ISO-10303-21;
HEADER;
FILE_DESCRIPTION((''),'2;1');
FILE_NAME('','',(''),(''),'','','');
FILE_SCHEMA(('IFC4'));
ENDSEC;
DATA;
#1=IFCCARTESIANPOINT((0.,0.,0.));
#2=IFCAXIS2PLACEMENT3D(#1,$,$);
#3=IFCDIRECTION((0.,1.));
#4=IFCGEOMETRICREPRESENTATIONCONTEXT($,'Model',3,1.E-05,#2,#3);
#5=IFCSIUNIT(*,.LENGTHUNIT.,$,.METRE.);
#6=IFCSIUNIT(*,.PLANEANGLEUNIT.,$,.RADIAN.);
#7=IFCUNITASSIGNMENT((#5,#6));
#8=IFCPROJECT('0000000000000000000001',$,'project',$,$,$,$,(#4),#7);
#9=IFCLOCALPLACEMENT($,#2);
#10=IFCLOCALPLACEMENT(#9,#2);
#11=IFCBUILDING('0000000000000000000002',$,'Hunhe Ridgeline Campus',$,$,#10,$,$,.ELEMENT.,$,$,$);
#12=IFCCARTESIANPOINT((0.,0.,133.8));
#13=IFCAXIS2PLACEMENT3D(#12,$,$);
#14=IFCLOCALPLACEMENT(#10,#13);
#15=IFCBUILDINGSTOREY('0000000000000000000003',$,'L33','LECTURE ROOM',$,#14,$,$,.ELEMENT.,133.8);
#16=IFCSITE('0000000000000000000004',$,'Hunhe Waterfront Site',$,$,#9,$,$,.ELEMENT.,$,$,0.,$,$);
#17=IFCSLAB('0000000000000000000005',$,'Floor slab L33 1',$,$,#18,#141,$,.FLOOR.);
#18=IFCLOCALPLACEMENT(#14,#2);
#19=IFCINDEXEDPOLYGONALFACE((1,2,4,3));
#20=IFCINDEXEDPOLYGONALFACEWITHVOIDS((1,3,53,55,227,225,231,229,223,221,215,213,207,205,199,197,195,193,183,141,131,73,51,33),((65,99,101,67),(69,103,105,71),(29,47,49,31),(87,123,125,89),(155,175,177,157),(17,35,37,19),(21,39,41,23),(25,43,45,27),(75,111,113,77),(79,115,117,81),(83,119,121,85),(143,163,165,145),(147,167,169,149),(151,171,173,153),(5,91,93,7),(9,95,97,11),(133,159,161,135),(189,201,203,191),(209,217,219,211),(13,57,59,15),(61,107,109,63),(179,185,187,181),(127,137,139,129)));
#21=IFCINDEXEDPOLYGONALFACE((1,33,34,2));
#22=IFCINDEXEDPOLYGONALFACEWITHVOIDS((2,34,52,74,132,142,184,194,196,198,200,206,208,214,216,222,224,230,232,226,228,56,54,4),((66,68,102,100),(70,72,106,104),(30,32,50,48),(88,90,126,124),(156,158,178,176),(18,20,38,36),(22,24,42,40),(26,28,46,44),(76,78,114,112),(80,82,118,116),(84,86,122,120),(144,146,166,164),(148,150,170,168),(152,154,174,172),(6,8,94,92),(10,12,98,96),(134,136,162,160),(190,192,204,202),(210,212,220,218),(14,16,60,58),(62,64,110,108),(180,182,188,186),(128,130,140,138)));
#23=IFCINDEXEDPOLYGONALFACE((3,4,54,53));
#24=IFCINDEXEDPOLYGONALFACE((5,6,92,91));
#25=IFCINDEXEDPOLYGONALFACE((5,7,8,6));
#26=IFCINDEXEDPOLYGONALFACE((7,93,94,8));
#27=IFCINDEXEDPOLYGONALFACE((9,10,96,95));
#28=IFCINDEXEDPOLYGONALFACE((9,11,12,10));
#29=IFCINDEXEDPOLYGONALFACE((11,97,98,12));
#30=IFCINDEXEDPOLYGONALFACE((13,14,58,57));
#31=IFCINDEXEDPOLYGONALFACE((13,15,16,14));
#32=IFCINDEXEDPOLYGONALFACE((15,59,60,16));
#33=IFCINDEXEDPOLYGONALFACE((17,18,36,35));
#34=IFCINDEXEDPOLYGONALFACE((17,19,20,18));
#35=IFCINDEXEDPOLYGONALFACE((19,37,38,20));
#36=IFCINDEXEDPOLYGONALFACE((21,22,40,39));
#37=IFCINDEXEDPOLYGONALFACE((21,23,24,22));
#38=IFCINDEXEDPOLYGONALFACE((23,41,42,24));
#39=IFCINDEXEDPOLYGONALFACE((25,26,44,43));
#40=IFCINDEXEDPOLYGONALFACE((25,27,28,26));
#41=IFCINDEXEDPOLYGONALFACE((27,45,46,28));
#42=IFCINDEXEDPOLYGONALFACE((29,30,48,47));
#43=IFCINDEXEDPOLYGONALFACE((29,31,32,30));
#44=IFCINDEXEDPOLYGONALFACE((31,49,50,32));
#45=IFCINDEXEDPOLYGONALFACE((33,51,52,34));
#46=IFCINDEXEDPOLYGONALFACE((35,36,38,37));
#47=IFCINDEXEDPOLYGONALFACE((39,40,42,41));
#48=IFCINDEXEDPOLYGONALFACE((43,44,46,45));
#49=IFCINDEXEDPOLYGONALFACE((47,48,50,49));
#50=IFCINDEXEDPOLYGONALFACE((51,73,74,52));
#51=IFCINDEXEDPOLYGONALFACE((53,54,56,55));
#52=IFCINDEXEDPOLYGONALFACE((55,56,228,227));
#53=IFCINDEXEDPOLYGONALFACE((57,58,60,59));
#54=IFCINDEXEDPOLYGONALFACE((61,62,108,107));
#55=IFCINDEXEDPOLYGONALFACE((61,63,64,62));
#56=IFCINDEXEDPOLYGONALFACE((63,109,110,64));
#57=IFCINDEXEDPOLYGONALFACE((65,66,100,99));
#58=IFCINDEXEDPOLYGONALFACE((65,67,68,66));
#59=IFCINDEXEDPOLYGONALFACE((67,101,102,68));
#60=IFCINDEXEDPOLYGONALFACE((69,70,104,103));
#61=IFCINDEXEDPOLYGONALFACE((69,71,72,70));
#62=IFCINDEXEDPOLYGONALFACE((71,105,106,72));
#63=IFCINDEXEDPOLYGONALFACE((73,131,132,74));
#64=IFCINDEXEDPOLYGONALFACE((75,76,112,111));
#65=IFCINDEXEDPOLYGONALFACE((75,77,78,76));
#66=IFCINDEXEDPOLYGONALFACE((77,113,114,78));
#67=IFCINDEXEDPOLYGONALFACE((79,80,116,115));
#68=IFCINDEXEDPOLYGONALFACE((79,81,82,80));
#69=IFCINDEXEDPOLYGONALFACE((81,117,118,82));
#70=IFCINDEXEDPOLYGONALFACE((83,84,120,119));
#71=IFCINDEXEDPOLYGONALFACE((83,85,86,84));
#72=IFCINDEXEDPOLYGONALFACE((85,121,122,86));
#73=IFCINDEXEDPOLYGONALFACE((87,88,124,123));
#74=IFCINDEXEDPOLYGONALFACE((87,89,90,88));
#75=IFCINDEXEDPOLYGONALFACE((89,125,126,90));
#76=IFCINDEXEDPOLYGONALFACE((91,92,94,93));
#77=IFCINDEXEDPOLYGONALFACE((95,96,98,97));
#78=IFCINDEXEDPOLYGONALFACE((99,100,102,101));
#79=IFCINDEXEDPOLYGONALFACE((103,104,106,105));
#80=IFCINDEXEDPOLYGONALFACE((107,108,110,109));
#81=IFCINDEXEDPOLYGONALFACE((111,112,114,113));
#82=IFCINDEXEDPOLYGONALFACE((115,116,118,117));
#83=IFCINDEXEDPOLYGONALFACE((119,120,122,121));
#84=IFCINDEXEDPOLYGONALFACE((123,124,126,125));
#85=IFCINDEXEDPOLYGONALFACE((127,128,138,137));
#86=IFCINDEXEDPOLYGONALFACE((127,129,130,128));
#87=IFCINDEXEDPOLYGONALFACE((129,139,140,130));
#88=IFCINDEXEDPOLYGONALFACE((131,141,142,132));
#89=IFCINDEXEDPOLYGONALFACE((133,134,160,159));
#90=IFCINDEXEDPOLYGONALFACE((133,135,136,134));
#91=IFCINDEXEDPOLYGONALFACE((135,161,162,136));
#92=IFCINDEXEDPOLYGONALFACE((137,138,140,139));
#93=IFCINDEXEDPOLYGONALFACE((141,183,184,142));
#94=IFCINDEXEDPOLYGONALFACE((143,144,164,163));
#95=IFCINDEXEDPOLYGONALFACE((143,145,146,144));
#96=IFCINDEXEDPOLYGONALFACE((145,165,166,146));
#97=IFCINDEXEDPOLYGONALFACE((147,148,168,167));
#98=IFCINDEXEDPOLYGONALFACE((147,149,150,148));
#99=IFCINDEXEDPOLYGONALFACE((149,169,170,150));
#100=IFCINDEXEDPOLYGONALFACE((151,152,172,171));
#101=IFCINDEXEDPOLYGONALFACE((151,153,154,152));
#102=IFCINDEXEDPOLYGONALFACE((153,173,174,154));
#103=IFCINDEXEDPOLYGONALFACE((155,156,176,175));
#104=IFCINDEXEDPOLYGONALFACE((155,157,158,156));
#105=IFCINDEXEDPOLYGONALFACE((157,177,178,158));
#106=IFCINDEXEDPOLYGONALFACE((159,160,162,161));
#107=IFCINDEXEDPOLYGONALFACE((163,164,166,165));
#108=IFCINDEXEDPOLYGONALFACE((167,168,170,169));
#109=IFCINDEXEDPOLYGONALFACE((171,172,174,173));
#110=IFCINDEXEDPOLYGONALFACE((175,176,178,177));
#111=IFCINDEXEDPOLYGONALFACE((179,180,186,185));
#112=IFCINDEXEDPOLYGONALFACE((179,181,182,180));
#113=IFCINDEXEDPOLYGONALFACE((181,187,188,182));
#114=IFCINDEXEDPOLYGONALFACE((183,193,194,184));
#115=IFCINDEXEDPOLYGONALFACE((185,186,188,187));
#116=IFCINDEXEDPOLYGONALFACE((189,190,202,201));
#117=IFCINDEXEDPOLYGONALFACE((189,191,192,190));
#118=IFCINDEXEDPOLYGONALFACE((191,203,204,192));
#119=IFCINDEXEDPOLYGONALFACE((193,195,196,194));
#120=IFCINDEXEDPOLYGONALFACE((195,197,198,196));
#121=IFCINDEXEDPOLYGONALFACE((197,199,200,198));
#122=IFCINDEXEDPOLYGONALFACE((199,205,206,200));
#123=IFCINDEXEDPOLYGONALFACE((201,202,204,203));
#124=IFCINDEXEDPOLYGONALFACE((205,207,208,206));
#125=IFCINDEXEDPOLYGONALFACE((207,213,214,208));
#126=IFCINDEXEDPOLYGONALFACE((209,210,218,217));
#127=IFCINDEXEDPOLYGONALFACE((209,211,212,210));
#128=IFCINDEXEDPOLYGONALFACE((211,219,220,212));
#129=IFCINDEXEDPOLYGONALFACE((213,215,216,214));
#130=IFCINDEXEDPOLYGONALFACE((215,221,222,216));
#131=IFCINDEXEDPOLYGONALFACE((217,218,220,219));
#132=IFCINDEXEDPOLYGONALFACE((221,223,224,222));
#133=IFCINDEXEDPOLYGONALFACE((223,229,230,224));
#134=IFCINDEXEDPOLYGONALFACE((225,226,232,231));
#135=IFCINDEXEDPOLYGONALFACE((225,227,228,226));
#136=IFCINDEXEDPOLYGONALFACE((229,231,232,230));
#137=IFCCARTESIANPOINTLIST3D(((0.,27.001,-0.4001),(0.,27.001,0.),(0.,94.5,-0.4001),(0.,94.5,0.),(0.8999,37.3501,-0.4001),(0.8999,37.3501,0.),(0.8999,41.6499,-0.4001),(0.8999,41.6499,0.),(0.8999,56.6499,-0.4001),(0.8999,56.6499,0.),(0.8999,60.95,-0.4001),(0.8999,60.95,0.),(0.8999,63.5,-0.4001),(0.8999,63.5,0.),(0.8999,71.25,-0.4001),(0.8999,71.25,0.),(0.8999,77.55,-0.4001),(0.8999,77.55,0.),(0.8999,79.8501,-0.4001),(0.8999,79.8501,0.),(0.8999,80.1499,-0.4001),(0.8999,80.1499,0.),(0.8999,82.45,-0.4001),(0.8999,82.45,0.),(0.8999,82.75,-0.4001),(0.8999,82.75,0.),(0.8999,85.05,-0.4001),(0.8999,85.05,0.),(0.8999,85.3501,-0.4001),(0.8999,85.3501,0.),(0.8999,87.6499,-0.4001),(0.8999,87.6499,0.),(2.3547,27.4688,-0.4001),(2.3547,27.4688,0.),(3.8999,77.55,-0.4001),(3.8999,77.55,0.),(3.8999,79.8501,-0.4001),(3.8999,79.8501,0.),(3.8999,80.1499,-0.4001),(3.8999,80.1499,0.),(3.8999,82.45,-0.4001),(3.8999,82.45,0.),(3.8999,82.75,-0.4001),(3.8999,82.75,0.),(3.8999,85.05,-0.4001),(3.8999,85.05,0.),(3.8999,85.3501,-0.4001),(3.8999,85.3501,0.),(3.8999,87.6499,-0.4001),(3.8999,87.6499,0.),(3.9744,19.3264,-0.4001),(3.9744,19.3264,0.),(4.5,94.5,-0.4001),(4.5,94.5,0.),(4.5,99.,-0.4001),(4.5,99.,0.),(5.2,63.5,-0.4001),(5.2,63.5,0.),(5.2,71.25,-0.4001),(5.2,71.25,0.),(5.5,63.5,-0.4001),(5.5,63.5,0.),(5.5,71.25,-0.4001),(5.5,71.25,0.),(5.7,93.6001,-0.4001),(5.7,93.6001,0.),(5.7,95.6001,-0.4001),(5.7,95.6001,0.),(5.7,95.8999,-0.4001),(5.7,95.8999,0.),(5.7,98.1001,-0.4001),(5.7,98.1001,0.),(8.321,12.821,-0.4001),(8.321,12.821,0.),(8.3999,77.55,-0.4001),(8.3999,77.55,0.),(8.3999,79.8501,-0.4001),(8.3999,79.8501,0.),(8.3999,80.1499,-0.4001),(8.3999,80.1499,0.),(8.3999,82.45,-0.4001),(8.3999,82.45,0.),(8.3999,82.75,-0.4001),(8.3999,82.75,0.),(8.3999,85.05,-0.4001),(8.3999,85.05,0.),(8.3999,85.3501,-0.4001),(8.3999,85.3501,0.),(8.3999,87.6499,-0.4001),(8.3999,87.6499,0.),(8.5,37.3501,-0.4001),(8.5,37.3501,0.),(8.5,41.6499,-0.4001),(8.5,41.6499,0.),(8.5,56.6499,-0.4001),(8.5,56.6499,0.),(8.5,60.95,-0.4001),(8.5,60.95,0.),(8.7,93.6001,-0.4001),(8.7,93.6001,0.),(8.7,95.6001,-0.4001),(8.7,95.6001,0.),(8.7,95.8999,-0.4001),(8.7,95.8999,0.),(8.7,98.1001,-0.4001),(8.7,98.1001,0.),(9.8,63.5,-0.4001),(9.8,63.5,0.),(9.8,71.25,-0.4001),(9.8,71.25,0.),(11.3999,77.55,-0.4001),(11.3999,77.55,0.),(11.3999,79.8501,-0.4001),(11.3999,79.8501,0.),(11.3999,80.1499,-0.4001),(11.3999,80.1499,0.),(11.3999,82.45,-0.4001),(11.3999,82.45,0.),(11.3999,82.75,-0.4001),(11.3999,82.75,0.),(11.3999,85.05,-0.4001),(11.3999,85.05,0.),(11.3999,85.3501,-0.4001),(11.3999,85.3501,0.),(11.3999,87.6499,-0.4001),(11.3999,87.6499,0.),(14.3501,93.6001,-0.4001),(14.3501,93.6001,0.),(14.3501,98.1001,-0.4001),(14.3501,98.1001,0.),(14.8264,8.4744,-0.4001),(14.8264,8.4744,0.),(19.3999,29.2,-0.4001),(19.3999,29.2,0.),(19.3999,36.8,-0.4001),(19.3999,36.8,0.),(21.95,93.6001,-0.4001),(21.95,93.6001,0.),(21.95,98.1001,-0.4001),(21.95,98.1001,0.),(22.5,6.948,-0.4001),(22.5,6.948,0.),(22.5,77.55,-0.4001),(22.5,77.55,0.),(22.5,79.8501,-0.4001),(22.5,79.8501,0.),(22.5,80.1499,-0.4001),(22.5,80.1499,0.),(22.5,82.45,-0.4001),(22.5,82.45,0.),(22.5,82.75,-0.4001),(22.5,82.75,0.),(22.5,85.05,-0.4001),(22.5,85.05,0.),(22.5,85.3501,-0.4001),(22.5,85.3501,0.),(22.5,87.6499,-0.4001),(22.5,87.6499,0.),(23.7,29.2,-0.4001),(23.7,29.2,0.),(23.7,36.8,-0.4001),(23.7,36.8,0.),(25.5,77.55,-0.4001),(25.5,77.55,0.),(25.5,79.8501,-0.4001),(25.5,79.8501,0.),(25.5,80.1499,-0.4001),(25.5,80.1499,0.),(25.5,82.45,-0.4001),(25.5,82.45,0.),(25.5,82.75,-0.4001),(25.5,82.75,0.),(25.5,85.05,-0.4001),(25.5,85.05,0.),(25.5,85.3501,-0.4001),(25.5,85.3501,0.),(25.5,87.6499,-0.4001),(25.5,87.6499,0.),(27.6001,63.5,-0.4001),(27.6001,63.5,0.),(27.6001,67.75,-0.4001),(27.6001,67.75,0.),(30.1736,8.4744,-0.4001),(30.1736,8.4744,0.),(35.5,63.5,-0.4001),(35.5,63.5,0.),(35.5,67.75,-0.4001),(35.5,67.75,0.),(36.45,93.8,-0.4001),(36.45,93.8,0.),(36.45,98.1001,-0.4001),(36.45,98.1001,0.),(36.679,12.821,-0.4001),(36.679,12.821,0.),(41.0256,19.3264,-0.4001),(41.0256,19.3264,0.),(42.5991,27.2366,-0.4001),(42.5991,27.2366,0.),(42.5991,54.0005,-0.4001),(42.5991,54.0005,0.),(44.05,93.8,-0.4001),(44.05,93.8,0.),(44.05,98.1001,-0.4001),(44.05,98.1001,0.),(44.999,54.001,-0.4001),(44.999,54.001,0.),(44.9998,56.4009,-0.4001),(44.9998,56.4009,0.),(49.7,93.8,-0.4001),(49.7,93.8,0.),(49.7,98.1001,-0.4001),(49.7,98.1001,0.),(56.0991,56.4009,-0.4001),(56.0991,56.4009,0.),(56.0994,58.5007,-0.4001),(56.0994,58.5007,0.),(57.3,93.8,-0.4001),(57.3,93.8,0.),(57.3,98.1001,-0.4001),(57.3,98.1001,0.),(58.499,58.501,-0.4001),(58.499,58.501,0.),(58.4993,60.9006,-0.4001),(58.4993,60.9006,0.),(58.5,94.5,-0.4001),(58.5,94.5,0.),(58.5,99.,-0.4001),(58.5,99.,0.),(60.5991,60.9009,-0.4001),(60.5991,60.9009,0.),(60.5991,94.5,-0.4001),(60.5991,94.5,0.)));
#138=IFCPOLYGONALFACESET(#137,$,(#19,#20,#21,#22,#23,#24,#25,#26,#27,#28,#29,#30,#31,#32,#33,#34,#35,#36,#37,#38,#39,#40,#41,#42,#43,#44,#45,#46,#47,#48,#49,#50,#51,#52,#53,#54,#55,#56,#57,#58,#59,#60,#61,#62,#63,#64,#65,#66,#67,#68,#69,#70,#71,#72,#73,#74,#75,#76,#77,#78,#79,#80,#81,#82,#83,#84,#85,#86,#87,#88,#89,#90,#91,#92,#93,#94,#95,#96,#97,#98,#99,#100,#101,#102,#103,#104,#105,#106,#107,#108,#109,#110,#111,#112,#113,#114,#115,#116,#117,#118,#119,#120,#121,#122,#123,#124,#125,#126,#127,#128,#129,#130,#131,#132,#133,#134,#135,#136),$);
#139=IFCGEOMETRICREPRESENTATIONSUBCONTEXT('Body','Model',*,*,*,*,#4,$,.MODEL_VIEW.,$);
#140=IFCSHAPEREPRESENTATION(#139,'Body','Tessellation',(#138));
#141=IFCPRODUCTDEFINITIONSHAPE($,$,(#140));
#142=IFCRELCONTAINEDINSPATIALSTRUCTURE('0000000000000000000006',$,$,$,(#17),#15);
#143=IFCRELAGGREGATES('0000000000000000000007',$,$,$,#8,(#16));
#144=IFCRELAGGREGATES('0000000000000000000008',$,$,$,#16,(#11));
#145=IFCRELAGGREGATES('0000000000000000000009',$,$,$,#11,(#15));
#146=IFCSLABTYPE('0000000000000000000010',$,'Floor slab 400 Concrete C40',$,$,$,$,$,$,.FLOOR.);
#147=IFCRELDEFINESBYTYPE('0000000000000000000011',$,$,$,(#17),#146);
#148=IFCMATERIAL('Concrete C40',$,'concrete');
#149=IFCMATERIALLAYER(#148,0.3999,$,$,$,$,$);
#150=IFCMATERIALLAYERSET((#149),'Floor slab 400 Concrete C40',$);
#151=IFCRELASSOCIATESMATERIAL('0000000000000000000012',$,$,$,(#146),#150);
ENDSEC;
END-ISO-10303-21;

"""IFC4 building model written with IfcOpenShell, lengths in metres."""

from ifc_helpers import new_model, si_unit, direction, frame, origin, place, context, subcontext, project, spatial, polyline, outline, extrude, material, layer, layer_set, type_object, element, save


model = new_model("IFC4")

# Units and contexts
model_context = context("Model", 3, precision=1e-05, world=origin(), true_north=direction((0.0, 1.0)))
body_context = subcontext(model_context, "Body", "Model", "MODEL_VIEW")
ifc_project = project(units=[si_unit("LENGTHUNIT", "METRE"), si_unit("PLANEANGLEUNIT", "RADIAN")], contexts=[model_context])

# Site, building, storey
site_placement = place(None, origin())
site = spatial("IfcSite", under=ifc_project, at=site_placement, Name="Hunhe Waterfront Site", CompositionType="ELEMENT", RefElevation=0.0)
building_placement = place(site_placement, origin())
building = spatial("IfcBuilding", under=site, at=building_placement, Name="Hunhe Ridgeline Campus", CompositionType="ELEMENT")
storey_placement = place(building_placement, frame((0.0, 0.0, 133.8)))
storey = spatial("IfcBuildingStorey", under=building, at=storey_placement, Name="L33", Description="LECTURE ROOM", CompositionType="ELEMENT", Elevation=133.8)

# Slab
ifc_material_1 = material(Name="Concrete C40", Category="concrete")
ifc_layer_1 = layer(ifc_material_1, 0.3999)
ifc_layer_set_1 = layer_set([ifc_layer_1], Name="Floor slab 400 Concrete C40")
slab_type_1 = type_object("IfcSlabType", Name="Floor slab 400 Concrete C40", PredefinedType="FLOOR", material=ifc_layer_set_1)
slab_1_placement = place(storey_placement, frame((0.0, 0.0, -0.4001)))
element("IfcSlab", 1, at=slab_1_placement, inside=storey, type_object=slab_type_1, Name="Floor slab L33 1", PredefinedType="FLOOR", context=body_context, shape_type="SweptSolid", body=[
    extrude(outline(polyline([(2.3547, 27.4688), (3.9744, 19.3264), (8.321, 12.821), (14.8264, 8.4744), (22.5, 6.948), (30.1736, 8.4744), (36.679, 12.821), (41.0256, 19.3264), (42.5991, 27.2366), (42.5991, 54.0005), (44.999, 54.001), (44.9998, 56.4009), (56.0991, 56.4009), (56.0994, 58.5007), (58.499, 58.501), (58.4993, 60.9006), (60.5991, 60.9009), (60.5991, 94.5), (58.5, 94.5), (58.5, 99.0), (4.5, 99.0), (4.5, 94.5), (0.0, 94.5), (0.0, 27.001), (2.3547, 27.4688)]), holes=[polyline([(49.7, 93.8), (57.3, 93.8), (57.3, 98.1001), (49.7, 98.1001), (49.7, 93.8)]), polyline([(44.05, 93.8), (44.05, 98.1001), (36.45, 98.1001), (36.45, 93.8), (44.05, 93.8)]), polyline([(35.5, 67.75), (27.6001, 67.75), (27.6001, 63.5), (35.5, 63.5), (35.5, 67.75)]), polyline([(25.5, 82.75), (25.5, 85.05), (22.5, 85.05), (22.5, 82.75), (25.5, 82.75)]), polyline([(25.5, 82.45), (22.5, 82.45), (22.5, 80.1499), (25.5, 80.1499), (25.5, 82.45)]), polyline([(22.5, 85.3501), (25.5, 85.3501), (25.5, 87.6499), (22.5, 87.6499), (22.5, 85.3501)]), polyline([(22.5, 79.8501), (22.5, 77.55), (25.5, 77.55), (25.5, 79.8501), (22.5, 79.8501)]), polyline([(19.3999, 29.2), (23.7, 29.2), (23.7, 36.8), (19.3999, 36.8), (19.3999, 29.2)]), polyline([(21.95, 93.6001), (21.95, 98.1001), (14.3501, 98.1001), (14.3501, 93.6001), (21.95, 93.6001)]), polyline([(8.3999, 79.8501), (8.3999, 77.55), (11.3999, 77.55), (11.3999, 79.8501), (8.3999, 79.8501)]), polyline([(8.3999, 85.3501), (11.3999, 85.3501), (11.3999, 87.6499), (8.3999, 87.6499), (8.3999, 85.3501)]), polyline([(11.3999, 82.45), (8.3999, 82.45), (8.3999, 80.1499), (11.3999, 80.1499), (11.3999, 82.45)]), polyline([(11.3999, 82.75), (11.3999, 85.05), (8.3999, 85.05), (8.3999, 82.75), (11.3999, 82.75)]), polyline([(5.5, 71.25), (5.5, 63.5), (9.8, 63.5), (9.8, 71.25), (5.5, 71.25)]), polyline([(8.7, 98.1001), (5.7, 98.1001), (5.7, 95.8999), (8.7, 95.8999), (8.7, 98.1001)]), polyline([(5.7, 95.6001), (5.7, 93.6001), (8.7, 93.6001), (8.7, 95.6001), (5.7, 95.6001)]), polyline([(0.8999, 60.95), (0.8999, 56.6499), (8.5, 56.6499), (8.5, 60.95), (0.8999, 60.95)]), polyline([(0.8999, 37.3501), (8.5, 37.3501), (8.5, 41.6499), (0.8999, 41.6499), (0.8999, 37.3501)]), polyline([(0.8999, 63.5), (5.2, 63.5), (5.2, 71.25), (0.8999, 71.25), (0.8999, 63.5)]), polyline([(3.8999, 82.75), (3.8999, 85.05), (0.8999, 85.05), (0.8999, 82.75), (3.8999, 82.75)]), polyline([(3.8999, 82.45), (0.8999, 82.45), (0.8999, 80.1499), (3.8999, 80.1499), (3.8999, 82.45)]), polyline([(0.8999, 85.3501), (3.8999, 85.3501), (3.8999, 87.6499), (0.8999, 87.6499), (0.8999, 85.3501)]), polyline([(0.8999, 79.8501), (0.8999, 77.55), (3.8999, 77.55), (3.8999, 79.8501), (0.8999, 79.8501)])]), origin(), (0.0, 0.0, 1.0), 0.4001),
])

save(model, "model.ifc")
